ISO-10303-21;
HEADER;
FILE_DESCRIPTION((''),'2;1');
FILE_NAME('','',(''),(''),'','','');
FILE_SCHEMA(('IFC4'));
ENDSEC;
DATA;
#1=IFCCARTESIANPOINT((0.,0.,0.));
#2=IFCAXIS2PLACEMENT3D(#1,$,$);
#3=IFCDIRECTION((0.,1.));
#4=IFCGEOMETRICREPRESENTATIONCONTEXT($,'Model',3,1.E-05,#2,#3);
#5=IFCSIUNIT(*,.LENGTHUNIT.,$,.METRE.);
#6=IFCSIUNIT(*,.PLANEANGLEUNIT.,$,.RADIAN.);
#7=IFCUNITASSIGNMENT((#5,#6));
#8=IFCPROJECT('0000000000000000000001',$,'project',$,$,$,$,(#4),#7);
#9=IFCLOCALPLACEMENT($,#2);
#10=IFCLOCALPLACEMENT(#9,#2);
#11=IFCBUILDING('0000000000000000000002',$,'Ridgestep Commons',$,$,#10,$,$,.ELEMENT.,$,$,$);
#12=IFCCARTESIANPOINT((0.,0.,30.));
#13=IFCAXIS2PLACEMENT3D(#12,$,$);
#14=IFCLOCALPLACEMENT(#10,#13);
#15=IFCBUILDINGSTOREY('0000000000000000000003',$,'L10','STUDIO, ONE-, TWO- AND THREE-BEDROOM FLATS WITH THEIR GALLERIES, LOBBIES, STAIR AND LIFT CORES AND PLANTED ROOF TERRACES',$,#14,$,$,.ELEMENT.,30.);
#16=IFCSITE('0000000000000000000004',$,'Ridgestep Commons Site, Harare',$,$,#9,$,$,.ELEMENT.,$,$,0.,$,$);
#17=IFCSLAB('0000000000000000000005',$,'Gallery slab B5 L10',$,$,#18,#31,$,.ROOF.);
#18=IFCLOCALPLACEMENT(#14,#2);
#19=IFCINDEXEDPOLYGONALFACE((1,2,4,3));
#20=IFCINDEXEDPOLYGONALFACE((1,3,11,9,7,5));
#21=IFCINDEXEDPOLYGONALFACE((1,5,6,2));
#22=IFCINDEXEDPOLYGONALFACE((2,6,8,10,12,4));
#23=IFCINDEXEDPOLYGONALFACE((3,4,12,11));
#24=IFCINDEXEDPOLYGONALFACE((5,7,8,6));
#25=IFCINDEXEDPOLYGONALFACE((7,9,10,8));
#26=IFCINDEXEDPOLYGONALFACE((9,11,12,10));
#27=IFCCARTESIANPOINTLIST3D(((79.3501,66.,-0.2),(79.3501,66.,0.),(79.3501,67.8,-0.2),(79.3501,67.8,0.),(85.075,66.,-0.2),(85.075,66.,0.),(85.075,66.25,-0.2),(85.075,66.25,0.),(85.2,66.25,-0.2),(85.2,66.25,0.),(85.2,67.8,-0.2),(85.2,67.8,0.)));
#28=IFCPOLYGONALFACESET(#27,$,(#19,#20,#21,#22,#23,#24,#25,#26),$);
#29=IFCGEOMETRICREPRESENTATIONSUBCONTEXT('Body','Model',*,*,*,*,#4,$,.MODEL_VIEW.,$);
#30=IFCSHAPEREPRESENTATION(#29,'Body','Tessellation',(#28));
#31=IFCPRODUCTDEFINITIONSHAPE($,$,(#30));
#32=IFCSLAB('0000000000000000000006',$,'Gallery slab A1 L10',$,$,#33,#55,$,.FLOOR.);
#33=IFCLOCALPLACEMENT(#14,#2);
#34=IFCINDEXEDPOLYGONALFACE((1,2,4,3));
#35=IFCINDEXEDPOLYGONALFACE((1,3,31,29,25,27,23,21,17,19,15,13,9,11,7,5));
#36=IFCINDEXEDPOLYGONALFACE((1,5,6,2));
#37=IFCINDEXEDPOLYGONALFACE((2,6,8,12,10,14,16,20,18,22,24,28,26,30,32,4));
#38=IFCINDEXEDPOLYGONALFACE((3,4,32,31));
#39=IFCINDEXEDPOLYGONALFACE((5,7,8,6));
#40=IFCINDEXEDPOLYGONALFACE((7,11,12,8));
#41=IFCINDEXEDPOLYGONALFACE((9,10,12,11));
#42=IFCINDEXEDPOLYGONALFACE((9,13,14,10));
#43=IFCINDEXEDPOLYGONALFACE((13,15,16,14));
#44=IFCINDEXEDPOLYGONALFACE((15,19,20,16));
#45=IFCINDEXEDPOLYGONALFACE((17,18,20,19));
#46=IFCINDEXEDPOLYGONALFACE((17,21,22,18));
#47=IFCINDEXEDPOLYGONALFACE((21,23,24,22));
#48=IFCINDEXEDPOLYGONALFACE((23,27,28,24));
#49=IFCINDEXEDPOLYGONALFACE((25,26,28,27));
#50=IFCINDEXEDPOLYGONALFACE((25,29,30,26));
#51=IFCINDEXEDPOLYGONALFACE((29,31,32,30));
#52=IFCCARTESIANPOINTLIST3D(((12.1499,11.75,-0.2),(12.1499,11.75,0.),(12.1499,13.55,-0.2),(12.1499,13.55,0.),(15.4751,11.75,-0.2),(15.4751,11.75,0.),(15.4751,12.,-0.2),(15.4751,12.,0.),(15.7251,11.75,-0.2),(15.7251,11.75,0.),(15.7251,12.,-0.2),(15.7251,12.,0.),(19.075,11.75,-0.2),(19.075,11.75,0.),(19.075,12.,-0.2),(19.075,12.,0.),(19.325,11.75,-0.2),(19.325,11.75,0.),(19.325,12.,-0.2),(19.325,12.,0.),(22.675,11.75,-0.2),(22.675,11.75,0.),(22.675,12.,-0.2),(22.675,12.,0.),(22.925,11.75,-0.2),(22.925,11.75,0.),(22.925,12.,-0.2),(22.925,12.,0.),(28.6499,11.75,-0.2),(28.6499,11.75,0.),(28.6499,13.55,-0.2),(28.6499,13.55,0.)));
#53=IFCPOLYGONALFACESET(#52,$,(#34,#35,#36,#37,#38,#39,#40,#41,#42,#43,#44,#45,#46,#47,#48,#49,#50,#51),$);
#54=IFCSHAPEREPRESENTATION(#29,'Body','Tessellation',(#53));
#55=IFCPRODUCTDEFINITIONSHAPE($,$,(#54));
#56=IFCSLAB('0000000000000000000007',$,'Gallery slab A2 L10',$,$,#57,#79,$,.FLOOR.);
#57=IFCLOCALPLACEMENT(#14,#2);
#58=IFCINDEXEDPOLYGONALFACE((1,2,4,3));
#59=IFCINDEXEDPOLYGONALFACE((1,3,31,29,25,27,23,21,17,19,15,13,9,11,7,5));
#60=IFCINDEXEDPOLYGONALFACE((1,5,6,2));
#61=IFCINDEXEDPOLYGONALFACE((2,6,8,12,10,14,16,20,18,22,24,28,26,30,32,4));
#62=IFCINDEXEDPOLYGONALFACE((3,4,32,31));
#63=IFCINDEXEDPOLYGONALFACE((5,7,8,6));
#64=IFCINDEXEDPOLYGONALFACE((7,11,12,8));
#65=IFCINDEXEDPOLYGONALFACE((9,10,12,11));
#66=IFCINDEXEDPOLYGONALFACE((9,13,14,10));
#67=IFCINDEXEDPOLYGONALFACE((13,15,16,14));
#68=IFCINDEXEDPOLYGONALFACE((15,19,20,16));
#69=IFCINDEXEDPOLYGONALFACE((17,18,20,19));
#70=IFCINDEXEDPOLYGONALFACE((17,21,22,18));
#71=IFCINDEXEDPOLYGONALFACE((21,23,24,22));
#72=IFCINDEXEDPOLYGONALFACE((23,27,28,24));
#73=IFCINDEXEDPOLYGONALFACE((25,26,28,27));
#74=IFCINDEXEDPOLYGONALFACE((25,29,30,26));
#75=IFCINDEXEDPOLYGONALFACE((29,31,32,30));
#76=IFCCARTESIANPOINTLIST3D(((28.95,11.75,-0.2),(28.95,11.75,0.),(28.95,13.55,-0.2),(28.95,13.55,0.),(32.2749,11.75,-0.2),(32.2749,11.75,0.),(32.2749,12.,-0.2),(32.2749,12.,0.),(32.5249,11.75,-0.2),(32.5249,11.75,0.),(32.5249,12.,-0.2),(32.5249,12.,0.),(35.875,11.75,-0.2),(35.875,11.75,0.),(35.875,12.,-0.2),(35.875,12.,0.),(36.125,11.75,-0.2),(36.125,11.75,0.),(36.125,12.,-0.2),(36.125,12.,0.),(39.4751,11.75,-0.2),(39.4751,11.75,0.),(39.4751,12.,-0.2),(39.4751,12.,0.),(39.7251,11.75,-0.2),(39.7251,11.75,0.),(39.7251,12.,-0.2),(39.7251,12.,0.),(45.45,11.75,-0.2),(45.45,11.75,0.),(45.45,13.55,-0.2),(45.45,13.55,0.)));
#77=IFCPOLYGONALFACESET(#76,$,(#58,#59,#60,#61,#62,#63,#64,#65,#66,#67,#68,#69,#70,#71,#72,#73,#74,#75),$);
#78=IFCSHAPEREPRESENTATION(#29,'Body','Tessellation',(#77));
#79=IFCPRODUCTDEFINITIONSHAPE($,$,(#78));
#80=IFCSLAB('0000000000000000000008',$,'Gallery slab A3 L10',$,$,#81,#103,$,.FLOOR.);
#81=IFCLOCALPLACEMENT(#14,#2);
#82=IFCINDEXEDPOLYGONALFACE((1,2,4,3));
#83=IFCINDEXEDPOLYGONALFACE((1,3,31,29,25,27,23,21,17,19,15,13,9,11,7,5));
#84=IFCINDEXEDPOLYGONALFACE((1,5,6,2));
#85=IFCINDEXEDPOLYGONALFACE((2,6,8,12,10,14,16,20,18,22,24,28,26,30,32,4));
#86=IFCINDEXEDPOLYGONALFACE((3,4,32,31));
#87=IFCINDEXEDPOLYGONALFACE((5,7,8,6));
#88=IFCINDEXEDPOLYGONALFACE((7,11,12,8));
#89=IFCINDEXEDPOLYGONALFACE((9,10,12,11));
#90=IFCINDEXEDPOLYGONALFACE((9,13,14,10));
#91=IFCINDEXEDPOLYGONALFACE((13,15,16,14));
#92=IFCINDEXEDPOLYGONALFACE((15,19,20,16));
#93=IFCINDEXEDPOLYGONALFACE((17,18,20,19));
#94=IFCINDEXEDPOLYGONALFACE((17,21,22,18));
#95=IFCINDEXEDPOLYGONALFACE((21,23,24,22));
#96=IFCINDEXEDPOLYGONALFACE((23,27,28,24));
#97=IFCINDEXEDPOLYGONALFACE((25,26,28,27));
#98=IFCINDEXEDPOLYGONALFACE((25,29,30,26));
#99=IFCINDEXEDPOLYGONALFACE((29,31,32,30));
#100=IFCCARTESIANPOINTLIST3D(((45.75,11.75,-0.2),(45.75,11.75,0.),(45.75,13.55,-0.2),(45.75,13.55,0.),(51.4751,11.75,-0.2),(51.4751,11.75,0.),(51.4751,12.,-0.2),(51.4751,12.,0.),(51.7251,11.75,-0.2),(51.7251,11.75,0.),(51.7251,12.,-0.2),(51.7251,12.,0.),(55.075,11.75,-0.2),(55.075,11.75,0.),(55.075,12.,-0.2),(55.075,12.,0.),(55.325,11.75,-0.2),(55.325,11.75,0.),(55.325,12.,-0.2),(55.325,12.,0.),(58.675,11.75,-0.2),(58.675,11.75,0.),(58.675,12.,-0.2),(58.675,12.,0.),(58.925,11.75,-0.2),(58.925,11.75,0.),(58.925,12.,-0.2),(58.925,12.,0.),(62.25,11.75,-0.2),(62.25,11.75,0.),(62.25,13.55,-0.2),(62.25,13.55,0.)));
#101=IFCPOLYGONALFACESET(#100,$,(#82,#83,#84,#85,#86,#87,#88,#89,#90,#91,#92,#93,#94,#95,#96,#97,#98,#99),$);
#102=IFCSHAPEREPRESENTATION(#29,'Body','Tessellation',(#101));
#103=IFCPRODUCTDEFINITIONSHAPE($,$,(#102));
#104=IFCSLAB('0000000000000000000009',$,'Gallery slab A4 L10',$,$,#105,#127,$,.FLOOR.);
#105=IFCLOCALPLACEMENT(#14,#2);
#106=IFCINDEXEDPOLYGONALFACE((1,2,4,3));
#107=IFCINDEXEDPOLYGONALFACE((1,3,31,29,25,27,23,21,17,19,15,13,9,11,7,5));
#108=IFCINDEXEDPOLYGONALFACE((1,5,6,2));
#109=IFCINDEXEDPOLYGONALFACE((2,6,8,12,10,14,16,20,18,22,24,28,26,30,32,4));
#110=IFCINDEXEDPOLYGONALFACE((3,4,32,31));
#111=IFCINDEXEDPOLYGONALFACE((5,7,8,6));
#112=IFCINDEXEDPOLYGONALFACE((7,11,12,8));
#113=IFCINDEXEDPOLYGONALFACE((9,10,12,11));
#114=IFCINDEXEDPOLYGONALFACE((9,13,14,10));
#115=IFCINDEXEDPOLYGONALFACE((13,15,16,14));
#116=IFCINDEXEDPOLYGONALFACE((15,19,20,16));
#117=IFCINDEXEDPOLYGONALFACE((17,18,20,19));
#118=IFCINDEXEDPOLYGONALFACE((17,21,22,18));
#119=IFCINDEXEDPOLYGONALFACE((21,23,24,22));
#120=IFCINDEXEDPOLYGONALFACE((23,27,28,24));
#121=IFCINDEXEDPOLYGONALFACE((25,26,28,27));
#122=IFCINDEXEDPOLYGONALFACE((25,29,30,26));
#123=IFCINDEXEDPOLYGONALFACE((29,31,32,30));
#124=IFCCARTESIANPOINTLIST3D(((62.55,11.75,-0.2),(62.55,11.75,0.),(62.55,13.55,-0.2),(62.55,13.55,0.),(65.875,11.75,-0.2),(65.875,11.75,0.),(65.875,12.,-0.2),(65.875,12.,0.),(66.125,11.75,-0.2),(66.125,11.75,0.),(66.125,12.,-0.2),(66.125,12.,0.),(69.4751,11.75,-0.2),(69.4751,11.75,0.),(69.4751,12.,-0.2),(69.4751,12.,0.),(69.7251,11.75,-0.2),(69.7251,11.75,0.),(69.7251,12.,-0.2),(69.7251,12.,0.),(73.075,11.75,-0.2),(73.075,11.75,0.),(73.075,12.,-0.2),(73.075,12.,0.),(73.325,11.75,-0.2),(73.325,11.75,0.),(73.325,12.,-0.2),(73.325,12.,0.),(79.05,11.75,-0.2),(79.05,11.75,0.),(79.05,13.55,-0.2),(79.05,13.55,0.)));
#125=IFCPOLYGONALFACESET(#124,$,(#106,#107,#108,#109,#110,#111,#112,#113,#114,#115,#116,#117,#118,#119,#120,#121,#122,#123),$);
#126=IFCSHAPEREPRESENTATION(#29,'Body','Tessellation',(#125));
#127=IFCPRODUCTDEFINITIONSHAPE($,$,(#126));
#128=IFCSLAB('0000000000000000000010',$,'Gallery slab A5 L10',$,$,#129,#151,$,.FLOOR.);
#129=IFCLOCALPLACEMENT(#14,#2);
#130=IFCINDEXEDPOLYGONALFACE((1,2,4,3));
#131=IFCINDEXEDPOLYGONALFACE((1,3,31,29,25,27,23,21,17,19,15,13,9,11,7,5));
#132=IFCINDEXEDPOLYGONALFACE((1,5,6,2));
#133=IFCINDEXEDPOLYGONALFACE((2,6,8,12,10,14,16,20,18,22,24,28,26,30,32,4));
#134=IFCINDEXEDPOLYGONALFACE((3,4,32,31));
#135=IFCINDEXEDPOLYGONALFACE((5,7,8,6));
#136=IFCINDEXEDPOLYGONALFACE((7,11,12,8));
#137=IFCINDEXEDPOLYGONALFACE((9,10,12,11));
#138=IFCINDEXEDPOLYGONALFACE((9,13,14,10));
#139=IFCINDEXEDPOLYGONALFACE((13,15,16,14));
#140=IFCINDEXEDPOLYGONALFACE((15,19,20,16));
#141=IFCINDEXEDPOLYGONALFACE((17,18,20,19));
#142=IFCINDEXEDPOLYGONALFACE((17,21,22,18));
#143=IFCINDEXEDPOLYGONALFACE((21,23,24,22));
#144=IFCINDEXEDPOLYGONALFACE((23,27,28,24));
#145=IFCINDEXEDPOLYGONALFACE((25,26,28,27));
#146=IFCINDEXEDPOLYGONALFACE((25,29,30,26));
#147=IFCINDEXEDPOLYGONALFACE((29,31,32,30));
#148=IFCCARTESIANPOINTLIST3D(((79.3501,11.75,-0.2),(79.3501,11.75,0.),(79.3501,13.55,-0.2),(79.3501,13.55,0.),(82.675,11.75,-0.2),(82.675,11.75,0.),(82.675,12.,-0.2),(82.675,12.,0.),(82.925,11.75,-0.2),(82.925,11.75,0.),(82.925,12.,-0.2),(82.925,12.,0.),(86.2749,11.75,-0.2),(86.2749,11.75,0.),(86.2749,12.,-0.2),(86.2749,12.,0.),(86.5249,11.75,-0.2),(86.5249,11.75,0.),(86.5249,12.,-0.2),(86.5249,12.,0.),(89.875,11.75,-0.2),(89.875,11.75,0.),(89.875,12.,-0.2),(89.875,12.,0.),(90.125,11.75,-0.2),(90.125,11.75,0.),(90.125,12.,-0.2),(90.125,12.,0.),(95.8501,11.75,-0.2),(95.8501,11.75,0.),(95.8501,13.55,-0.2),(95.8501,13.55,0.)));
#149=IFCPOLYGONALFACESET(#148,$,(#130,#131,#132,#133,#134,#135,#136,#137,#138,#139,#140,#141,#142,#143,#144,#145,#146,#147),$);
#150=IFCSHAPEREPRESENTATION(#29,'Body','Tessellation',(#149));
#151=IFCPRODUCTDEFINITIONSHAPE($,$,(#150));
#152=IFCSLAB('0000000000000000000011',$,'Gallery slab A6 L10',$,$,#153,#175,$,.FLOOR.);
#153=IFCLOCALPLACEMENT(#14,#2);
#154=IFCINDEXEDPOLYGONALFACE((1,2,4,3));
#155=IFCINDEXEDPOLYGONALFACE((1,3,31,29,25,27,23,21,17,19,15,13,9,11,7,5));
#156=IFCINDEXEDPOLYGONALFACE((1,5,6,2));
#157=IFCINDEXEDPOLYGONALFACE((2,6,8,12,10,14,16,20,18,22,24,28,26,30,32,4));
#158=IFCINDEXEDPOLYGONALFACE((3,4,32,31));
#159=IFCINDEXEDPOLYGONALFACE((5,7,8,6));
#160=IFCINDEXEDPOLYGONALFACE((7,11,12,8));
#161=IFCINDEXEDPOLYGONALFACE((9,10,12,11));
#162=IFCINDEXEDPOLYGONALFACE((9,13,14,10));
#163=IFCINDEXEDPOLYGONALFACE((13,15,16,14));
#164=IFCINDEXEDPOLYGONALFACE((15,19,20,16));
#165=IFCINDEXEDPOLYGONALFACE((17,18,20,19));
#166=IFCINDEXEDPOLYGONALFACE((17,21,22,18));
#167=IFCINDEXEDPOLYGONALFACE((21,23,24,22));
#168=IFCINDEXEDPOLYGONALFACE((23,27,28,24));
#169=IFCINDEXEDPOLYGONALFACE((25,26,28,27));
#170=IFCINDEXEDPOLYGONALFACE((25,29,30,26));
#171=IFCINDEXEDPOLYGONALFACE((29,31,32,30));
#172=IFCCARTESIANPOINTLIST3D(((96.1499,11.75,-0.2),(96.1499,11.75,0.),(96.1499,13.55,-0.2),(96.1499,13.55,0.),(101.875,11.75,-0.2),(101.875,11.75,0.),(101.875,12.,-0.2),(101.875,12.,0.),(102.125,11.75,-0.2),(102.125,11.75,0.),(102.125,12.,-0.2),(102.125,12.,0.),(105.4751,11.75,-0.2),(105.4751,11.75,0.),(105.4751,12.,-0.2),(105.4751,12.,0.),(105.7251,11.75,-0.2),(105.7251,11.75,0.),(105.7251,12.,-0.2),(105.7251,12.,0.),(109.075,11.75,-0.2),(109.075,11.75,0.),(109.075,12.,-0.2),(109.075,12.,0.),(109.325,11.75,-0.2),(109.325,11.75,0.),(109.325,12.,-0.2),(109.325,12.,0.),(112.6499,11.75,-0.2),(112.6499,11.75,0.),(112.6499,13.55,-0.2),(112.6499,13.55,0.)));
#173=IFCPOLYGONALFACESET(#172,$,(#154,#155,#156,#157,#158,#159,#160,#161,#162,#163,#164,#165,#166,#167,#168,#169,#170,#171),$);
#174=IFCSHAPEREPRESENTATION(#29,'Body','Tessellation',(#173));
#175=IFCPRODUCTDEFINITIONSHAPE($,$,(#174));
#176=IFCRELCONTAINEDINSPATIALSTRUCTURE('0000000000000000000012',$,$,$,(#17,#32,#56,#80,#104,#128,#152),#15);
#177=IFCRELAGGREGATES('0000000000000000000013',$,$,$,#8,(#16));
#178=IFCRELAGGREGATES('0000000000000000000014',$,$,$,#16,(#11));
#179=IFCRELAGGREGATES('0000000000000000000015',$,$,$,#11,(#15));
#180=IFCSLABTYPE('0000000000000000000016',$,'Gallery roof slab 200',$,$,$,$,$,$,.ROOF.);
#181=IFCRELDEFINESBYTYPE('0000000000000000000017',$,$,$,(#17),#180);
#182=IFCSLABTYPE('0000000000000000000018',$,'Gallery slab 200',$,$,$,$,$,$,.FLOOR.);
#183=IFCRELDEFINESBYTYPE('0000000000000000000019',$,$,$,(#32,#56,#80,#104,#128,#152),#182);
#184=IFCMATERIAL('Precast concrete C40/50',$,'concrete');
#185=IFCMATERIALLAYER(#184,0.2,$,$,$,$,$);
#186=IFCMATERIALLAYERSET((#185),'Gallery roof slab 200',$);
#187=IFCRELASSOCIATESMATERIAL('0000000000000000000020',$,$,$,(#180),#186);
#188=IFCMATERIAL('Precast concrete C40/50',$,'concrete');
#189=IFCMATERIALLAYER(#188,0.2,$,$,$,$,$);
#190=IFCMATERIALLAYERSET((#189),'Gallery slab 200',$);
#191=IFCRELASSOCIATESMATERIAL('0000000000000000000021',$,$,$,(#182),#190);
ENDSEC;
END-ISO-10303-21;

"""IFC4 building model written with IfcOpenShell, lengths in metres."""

from ifc_helpers import new_model, si_unit, direction, frame, origin, place, context, subcontext, project, spatial, polyline, outline, extrude, material, layer, layer_set, type_object, element, save


model = new_model("IFC4")

# Units and contexts
model_context = context("Model", 3, precision=1e-05, world=origin(), true_north=direction((0.0, 1.0)))
body_context = subcontext(model_context, "Body", "Model", "MODEL_VIEW")
ifc_project = project(units=[si_unit("LENGTHUNIT", "METRE"), si_unit("PLANEANGLEUNIT", "RADIAN")], contexts=[model_context])

# Site, building, storey
site_placement = place(None, origin())
site = spatial("IfcSite", under=ifc_project, at=site_placement, Name="Ridgestep Commons Site, Harare", CompositionType="ELEMENT", RefElevation=0.0)
building_placement = place(site_placement, origin())
building = spatial("IfcBuilding", under=site, at=building_placement, Name="Ridgestep Commons", CompositionType="ELEMENT")
storey_placement = place(building_placement, frame((0.0, 0.0, 30.0)))
storey = spatial("IfcBuildingStorey", under=building, at=storey_placement, Name="L10", Description="STUDIO, ONE-, TWO- AND THREE-BEDROOM FLATS WITH THEIR GALLERIES, LOBBIES, STAIR AND LIFT CORES AND PLANTED ROOF TERRACES", CompositionType="ELEMENT", Elevation=30.0)

# Slabs
ifc_material_1 = material(Name="Precast concrete C40/50", Category="concrete")
ifc_layer_1 = layer(ifc_material_1, 0.2)
ifc_layer_set_1 = layer_set([ifc_layer_1], Name="Gallery roof slab 200")
slab_type_1 = type_object("IfcSlabType", Name="Gallery roof slab 200", PredefinedType="ROOF", material=ifc_layer_set_1)
slab_1_placement = place(storey_placement, frame((0.0, 0.0, -0.2)))
element("IfcSlab", 1, at=slab_1_placement, inside=storey, type_object=slab_type_1, Name="Gallery slab B5 L10", PredefinedType="ROOF", context=body_context, shape_type="SweptSolid", body=[
    extrude(outline(polyline([(79.3501, 66.0), (85.075, 66.0), (85.075, 66.25), (85.2, 66.25), (85.2, 67.8), (79.3501, 67.8), (79.3501, 66.0)])), origin(), (0.0, 0.0, 1.0), 0.2),
])
ifc_material_2 = material(Name="Precast concrete C40/50", Category="concrete")
ifc_layer_2 = layer(ifc_material_2, 0.2)
ifc_layer_set_2 = layer_set([ifc_layer_2], Name="Gallery slab 200")
slab_type_2 = type_object("IfcSlabType", Name="Gallery slab 200", PredefinedType="FLOOR", material=ifc_layer_set_2)
slab_2_placement = place(storey_placement, frame((0.0, 0.0, -0.2)))
element("IfcSlab", 2, at=slab_2_placement, inside=storey, type_object=slab_type_2, Name="Gallery slab A1 L10", PredefinedType="FLOOR", context=body_context, shape_type="SweptSolid", body=[
    extrude(outline(polyline([(28.6499, 13.55), (12.1499, 13.55), (12.1499, 11.75), (15.4751, 11.75), (15.4751, 12.0), (15.7251, 12.0), (15.7251, 11.75), (19.075, 11.75), (19.075, 12.0), (19.325, 12.0), (19.325, 11.75), (22.675, 11.75), (22.675, 12.0), (22.925, 12.0), (22.925, 11.75), (28.6499, 11.75), (28.6499, 13.55)])), origin(), (0.0, 0.0, 1.0), 0.2),
])
slab_3_placement = place(storey_placement, frame((0.0, 0.0, -0.2)))
element("IfcSlab", 3, at=slab_3_placement, inside=storey, type_object=slab_type_2, Name="Gallery slab A2 L10", PredefinedType="FLOOR", context=body_context, shape_type="SweptSolid", body=[
    extrude(outline(polyline([(45.45, 13.55), (28.95, 13.55), (28.95, 11.75), (32.2749, 11.75), (32.2749, 12.0), (32.5249, 12.0), (32.5249, 11.75), (35.875, 11.75), (35.875, 12.0), (36.125, 12.0), (36.125, 11.75), (39.4751, 11.75), (39.4751, 12.0), (39.7251, 12.0), (39.7251, 11.75), (45.45, 11.75), (45.45, 13.55)])), origin(), (0.0, 0.0, 1.0), 0.2),
])
slab_4_placement = place(storey_placement, frame((0.0, 0.0, -0.2)))
element("IfcSlab", 4, at=slab_4_placement, inside=storey, type_object=slab_type_2, Name="Gallery slab A3 L10", PredefinedType="FLOOR", context=body_context, shape_type="SweptSolid", body=[
    extrude(outline(polyline([(62.25, 13.55), (45.75, 13.55), (45.75, 11.75), (51.4751, 11.75), (51.4751, 12.0), (51.7251, 12.0), (51.7251, 11.75), (55.075, 11.75), (55.075, 12.0), (55.325, 12.0), (55.325, 11.75), (58.675, 11.75), (58.675, 12.0), (58.925, 12.0), (58.925, 11.75), (62.25, 11.75), (62.25, 13.55)])), origin(), (0.0, 0.0, 1.0), 0.2),
])
slab_5_placement = place(storey_placement, frame((0.0, 0.0, -0.2)))
element("IfcSlab", 5, at=slab_5_placement, inside=storey, type_object=slab_type_2, Name="Gallery slab A4 L10", PredefinedType="FLOOR", context=body_context, shape_type="SweptSolid", body=[
    extrude(outline(polyline([(79.05, 13.55), (62.55, 13.55), (62.55, 11.75), (65.875, 11.75), (65.875, 12.0), (66.125, 12.0), (66.125, 11.75), (69.4751, 11.75), (69.4751, 12.0), (69.7251, 12.0), (69.7251, 11.75), (73.075, 11.75), (73.075, 12.0), (73.325, 12.0), (73.325, 11.75), (79.05, 11.75), (79.05, 13.55)])), origin(), (0.0, 0.0, 1.0), 0.2),
])
slab_6_placement = place(storey_placement, frame((0.0, 0.0, -0.2)))
element("IfcSlab", 6, at=slab_6_placement, inside=storey, type_object=slab_type_2, Name="Gallery slab A5 L10", PredefinedType="FLOOR", context=body_context, shape_type="SweptSolid", body=[
    extrude(outline(polyline([(95.8501, 13.55), (79.3501, 13.55), (79.3501, 11.75), (82.675, 11.75), (82.675, 12.0), (82.925, 12.0), (82.925, 11.75), (86.2749, 11.75), (86.2749, 12.0), (86.5249, 12.0), (86.5249, 11.75), (89.875, 11.75), (89.875, 12.0), (90.125, 12.0), (90.125, 11.75), (95.8501, 11.75), (95.8501, 13.55)])), origin(), (0.0, 0.0, 1.0), 0.2),
])
slab_7_placement = place(storey_placement, frame((0.0, 0.0, -0.2)))
element("IfcSlab", 7, at=slab_7_placement, inside=storey, type_object=slab_type_2, Name="Gallery slab A6 L10", PredefinedType="FLOOR", context=body_context, shape_type="SweptSolid", body=[
    extrude(outline(polyline([(112.6499, 13.55), (96.1499, 13.55), (96.1499, 11.75), (101.875, 11.75), (101.875, 12.0), (102.125, 12.0), (102.125, 11.75), (105.4751, 11.75), (105.4751, 12.0), (105.7251, 12.0), (105.7251, 11.75), (109.075, 11.75), (109.075, 12.0), (109.325, 12.0), (109.325, 11.75), (112.6499, 11.75), (112.6499, 13.55)])), origin(), (0.0, 0.0, 1.0), 0.2),
])

save(model, "model.ifc")
